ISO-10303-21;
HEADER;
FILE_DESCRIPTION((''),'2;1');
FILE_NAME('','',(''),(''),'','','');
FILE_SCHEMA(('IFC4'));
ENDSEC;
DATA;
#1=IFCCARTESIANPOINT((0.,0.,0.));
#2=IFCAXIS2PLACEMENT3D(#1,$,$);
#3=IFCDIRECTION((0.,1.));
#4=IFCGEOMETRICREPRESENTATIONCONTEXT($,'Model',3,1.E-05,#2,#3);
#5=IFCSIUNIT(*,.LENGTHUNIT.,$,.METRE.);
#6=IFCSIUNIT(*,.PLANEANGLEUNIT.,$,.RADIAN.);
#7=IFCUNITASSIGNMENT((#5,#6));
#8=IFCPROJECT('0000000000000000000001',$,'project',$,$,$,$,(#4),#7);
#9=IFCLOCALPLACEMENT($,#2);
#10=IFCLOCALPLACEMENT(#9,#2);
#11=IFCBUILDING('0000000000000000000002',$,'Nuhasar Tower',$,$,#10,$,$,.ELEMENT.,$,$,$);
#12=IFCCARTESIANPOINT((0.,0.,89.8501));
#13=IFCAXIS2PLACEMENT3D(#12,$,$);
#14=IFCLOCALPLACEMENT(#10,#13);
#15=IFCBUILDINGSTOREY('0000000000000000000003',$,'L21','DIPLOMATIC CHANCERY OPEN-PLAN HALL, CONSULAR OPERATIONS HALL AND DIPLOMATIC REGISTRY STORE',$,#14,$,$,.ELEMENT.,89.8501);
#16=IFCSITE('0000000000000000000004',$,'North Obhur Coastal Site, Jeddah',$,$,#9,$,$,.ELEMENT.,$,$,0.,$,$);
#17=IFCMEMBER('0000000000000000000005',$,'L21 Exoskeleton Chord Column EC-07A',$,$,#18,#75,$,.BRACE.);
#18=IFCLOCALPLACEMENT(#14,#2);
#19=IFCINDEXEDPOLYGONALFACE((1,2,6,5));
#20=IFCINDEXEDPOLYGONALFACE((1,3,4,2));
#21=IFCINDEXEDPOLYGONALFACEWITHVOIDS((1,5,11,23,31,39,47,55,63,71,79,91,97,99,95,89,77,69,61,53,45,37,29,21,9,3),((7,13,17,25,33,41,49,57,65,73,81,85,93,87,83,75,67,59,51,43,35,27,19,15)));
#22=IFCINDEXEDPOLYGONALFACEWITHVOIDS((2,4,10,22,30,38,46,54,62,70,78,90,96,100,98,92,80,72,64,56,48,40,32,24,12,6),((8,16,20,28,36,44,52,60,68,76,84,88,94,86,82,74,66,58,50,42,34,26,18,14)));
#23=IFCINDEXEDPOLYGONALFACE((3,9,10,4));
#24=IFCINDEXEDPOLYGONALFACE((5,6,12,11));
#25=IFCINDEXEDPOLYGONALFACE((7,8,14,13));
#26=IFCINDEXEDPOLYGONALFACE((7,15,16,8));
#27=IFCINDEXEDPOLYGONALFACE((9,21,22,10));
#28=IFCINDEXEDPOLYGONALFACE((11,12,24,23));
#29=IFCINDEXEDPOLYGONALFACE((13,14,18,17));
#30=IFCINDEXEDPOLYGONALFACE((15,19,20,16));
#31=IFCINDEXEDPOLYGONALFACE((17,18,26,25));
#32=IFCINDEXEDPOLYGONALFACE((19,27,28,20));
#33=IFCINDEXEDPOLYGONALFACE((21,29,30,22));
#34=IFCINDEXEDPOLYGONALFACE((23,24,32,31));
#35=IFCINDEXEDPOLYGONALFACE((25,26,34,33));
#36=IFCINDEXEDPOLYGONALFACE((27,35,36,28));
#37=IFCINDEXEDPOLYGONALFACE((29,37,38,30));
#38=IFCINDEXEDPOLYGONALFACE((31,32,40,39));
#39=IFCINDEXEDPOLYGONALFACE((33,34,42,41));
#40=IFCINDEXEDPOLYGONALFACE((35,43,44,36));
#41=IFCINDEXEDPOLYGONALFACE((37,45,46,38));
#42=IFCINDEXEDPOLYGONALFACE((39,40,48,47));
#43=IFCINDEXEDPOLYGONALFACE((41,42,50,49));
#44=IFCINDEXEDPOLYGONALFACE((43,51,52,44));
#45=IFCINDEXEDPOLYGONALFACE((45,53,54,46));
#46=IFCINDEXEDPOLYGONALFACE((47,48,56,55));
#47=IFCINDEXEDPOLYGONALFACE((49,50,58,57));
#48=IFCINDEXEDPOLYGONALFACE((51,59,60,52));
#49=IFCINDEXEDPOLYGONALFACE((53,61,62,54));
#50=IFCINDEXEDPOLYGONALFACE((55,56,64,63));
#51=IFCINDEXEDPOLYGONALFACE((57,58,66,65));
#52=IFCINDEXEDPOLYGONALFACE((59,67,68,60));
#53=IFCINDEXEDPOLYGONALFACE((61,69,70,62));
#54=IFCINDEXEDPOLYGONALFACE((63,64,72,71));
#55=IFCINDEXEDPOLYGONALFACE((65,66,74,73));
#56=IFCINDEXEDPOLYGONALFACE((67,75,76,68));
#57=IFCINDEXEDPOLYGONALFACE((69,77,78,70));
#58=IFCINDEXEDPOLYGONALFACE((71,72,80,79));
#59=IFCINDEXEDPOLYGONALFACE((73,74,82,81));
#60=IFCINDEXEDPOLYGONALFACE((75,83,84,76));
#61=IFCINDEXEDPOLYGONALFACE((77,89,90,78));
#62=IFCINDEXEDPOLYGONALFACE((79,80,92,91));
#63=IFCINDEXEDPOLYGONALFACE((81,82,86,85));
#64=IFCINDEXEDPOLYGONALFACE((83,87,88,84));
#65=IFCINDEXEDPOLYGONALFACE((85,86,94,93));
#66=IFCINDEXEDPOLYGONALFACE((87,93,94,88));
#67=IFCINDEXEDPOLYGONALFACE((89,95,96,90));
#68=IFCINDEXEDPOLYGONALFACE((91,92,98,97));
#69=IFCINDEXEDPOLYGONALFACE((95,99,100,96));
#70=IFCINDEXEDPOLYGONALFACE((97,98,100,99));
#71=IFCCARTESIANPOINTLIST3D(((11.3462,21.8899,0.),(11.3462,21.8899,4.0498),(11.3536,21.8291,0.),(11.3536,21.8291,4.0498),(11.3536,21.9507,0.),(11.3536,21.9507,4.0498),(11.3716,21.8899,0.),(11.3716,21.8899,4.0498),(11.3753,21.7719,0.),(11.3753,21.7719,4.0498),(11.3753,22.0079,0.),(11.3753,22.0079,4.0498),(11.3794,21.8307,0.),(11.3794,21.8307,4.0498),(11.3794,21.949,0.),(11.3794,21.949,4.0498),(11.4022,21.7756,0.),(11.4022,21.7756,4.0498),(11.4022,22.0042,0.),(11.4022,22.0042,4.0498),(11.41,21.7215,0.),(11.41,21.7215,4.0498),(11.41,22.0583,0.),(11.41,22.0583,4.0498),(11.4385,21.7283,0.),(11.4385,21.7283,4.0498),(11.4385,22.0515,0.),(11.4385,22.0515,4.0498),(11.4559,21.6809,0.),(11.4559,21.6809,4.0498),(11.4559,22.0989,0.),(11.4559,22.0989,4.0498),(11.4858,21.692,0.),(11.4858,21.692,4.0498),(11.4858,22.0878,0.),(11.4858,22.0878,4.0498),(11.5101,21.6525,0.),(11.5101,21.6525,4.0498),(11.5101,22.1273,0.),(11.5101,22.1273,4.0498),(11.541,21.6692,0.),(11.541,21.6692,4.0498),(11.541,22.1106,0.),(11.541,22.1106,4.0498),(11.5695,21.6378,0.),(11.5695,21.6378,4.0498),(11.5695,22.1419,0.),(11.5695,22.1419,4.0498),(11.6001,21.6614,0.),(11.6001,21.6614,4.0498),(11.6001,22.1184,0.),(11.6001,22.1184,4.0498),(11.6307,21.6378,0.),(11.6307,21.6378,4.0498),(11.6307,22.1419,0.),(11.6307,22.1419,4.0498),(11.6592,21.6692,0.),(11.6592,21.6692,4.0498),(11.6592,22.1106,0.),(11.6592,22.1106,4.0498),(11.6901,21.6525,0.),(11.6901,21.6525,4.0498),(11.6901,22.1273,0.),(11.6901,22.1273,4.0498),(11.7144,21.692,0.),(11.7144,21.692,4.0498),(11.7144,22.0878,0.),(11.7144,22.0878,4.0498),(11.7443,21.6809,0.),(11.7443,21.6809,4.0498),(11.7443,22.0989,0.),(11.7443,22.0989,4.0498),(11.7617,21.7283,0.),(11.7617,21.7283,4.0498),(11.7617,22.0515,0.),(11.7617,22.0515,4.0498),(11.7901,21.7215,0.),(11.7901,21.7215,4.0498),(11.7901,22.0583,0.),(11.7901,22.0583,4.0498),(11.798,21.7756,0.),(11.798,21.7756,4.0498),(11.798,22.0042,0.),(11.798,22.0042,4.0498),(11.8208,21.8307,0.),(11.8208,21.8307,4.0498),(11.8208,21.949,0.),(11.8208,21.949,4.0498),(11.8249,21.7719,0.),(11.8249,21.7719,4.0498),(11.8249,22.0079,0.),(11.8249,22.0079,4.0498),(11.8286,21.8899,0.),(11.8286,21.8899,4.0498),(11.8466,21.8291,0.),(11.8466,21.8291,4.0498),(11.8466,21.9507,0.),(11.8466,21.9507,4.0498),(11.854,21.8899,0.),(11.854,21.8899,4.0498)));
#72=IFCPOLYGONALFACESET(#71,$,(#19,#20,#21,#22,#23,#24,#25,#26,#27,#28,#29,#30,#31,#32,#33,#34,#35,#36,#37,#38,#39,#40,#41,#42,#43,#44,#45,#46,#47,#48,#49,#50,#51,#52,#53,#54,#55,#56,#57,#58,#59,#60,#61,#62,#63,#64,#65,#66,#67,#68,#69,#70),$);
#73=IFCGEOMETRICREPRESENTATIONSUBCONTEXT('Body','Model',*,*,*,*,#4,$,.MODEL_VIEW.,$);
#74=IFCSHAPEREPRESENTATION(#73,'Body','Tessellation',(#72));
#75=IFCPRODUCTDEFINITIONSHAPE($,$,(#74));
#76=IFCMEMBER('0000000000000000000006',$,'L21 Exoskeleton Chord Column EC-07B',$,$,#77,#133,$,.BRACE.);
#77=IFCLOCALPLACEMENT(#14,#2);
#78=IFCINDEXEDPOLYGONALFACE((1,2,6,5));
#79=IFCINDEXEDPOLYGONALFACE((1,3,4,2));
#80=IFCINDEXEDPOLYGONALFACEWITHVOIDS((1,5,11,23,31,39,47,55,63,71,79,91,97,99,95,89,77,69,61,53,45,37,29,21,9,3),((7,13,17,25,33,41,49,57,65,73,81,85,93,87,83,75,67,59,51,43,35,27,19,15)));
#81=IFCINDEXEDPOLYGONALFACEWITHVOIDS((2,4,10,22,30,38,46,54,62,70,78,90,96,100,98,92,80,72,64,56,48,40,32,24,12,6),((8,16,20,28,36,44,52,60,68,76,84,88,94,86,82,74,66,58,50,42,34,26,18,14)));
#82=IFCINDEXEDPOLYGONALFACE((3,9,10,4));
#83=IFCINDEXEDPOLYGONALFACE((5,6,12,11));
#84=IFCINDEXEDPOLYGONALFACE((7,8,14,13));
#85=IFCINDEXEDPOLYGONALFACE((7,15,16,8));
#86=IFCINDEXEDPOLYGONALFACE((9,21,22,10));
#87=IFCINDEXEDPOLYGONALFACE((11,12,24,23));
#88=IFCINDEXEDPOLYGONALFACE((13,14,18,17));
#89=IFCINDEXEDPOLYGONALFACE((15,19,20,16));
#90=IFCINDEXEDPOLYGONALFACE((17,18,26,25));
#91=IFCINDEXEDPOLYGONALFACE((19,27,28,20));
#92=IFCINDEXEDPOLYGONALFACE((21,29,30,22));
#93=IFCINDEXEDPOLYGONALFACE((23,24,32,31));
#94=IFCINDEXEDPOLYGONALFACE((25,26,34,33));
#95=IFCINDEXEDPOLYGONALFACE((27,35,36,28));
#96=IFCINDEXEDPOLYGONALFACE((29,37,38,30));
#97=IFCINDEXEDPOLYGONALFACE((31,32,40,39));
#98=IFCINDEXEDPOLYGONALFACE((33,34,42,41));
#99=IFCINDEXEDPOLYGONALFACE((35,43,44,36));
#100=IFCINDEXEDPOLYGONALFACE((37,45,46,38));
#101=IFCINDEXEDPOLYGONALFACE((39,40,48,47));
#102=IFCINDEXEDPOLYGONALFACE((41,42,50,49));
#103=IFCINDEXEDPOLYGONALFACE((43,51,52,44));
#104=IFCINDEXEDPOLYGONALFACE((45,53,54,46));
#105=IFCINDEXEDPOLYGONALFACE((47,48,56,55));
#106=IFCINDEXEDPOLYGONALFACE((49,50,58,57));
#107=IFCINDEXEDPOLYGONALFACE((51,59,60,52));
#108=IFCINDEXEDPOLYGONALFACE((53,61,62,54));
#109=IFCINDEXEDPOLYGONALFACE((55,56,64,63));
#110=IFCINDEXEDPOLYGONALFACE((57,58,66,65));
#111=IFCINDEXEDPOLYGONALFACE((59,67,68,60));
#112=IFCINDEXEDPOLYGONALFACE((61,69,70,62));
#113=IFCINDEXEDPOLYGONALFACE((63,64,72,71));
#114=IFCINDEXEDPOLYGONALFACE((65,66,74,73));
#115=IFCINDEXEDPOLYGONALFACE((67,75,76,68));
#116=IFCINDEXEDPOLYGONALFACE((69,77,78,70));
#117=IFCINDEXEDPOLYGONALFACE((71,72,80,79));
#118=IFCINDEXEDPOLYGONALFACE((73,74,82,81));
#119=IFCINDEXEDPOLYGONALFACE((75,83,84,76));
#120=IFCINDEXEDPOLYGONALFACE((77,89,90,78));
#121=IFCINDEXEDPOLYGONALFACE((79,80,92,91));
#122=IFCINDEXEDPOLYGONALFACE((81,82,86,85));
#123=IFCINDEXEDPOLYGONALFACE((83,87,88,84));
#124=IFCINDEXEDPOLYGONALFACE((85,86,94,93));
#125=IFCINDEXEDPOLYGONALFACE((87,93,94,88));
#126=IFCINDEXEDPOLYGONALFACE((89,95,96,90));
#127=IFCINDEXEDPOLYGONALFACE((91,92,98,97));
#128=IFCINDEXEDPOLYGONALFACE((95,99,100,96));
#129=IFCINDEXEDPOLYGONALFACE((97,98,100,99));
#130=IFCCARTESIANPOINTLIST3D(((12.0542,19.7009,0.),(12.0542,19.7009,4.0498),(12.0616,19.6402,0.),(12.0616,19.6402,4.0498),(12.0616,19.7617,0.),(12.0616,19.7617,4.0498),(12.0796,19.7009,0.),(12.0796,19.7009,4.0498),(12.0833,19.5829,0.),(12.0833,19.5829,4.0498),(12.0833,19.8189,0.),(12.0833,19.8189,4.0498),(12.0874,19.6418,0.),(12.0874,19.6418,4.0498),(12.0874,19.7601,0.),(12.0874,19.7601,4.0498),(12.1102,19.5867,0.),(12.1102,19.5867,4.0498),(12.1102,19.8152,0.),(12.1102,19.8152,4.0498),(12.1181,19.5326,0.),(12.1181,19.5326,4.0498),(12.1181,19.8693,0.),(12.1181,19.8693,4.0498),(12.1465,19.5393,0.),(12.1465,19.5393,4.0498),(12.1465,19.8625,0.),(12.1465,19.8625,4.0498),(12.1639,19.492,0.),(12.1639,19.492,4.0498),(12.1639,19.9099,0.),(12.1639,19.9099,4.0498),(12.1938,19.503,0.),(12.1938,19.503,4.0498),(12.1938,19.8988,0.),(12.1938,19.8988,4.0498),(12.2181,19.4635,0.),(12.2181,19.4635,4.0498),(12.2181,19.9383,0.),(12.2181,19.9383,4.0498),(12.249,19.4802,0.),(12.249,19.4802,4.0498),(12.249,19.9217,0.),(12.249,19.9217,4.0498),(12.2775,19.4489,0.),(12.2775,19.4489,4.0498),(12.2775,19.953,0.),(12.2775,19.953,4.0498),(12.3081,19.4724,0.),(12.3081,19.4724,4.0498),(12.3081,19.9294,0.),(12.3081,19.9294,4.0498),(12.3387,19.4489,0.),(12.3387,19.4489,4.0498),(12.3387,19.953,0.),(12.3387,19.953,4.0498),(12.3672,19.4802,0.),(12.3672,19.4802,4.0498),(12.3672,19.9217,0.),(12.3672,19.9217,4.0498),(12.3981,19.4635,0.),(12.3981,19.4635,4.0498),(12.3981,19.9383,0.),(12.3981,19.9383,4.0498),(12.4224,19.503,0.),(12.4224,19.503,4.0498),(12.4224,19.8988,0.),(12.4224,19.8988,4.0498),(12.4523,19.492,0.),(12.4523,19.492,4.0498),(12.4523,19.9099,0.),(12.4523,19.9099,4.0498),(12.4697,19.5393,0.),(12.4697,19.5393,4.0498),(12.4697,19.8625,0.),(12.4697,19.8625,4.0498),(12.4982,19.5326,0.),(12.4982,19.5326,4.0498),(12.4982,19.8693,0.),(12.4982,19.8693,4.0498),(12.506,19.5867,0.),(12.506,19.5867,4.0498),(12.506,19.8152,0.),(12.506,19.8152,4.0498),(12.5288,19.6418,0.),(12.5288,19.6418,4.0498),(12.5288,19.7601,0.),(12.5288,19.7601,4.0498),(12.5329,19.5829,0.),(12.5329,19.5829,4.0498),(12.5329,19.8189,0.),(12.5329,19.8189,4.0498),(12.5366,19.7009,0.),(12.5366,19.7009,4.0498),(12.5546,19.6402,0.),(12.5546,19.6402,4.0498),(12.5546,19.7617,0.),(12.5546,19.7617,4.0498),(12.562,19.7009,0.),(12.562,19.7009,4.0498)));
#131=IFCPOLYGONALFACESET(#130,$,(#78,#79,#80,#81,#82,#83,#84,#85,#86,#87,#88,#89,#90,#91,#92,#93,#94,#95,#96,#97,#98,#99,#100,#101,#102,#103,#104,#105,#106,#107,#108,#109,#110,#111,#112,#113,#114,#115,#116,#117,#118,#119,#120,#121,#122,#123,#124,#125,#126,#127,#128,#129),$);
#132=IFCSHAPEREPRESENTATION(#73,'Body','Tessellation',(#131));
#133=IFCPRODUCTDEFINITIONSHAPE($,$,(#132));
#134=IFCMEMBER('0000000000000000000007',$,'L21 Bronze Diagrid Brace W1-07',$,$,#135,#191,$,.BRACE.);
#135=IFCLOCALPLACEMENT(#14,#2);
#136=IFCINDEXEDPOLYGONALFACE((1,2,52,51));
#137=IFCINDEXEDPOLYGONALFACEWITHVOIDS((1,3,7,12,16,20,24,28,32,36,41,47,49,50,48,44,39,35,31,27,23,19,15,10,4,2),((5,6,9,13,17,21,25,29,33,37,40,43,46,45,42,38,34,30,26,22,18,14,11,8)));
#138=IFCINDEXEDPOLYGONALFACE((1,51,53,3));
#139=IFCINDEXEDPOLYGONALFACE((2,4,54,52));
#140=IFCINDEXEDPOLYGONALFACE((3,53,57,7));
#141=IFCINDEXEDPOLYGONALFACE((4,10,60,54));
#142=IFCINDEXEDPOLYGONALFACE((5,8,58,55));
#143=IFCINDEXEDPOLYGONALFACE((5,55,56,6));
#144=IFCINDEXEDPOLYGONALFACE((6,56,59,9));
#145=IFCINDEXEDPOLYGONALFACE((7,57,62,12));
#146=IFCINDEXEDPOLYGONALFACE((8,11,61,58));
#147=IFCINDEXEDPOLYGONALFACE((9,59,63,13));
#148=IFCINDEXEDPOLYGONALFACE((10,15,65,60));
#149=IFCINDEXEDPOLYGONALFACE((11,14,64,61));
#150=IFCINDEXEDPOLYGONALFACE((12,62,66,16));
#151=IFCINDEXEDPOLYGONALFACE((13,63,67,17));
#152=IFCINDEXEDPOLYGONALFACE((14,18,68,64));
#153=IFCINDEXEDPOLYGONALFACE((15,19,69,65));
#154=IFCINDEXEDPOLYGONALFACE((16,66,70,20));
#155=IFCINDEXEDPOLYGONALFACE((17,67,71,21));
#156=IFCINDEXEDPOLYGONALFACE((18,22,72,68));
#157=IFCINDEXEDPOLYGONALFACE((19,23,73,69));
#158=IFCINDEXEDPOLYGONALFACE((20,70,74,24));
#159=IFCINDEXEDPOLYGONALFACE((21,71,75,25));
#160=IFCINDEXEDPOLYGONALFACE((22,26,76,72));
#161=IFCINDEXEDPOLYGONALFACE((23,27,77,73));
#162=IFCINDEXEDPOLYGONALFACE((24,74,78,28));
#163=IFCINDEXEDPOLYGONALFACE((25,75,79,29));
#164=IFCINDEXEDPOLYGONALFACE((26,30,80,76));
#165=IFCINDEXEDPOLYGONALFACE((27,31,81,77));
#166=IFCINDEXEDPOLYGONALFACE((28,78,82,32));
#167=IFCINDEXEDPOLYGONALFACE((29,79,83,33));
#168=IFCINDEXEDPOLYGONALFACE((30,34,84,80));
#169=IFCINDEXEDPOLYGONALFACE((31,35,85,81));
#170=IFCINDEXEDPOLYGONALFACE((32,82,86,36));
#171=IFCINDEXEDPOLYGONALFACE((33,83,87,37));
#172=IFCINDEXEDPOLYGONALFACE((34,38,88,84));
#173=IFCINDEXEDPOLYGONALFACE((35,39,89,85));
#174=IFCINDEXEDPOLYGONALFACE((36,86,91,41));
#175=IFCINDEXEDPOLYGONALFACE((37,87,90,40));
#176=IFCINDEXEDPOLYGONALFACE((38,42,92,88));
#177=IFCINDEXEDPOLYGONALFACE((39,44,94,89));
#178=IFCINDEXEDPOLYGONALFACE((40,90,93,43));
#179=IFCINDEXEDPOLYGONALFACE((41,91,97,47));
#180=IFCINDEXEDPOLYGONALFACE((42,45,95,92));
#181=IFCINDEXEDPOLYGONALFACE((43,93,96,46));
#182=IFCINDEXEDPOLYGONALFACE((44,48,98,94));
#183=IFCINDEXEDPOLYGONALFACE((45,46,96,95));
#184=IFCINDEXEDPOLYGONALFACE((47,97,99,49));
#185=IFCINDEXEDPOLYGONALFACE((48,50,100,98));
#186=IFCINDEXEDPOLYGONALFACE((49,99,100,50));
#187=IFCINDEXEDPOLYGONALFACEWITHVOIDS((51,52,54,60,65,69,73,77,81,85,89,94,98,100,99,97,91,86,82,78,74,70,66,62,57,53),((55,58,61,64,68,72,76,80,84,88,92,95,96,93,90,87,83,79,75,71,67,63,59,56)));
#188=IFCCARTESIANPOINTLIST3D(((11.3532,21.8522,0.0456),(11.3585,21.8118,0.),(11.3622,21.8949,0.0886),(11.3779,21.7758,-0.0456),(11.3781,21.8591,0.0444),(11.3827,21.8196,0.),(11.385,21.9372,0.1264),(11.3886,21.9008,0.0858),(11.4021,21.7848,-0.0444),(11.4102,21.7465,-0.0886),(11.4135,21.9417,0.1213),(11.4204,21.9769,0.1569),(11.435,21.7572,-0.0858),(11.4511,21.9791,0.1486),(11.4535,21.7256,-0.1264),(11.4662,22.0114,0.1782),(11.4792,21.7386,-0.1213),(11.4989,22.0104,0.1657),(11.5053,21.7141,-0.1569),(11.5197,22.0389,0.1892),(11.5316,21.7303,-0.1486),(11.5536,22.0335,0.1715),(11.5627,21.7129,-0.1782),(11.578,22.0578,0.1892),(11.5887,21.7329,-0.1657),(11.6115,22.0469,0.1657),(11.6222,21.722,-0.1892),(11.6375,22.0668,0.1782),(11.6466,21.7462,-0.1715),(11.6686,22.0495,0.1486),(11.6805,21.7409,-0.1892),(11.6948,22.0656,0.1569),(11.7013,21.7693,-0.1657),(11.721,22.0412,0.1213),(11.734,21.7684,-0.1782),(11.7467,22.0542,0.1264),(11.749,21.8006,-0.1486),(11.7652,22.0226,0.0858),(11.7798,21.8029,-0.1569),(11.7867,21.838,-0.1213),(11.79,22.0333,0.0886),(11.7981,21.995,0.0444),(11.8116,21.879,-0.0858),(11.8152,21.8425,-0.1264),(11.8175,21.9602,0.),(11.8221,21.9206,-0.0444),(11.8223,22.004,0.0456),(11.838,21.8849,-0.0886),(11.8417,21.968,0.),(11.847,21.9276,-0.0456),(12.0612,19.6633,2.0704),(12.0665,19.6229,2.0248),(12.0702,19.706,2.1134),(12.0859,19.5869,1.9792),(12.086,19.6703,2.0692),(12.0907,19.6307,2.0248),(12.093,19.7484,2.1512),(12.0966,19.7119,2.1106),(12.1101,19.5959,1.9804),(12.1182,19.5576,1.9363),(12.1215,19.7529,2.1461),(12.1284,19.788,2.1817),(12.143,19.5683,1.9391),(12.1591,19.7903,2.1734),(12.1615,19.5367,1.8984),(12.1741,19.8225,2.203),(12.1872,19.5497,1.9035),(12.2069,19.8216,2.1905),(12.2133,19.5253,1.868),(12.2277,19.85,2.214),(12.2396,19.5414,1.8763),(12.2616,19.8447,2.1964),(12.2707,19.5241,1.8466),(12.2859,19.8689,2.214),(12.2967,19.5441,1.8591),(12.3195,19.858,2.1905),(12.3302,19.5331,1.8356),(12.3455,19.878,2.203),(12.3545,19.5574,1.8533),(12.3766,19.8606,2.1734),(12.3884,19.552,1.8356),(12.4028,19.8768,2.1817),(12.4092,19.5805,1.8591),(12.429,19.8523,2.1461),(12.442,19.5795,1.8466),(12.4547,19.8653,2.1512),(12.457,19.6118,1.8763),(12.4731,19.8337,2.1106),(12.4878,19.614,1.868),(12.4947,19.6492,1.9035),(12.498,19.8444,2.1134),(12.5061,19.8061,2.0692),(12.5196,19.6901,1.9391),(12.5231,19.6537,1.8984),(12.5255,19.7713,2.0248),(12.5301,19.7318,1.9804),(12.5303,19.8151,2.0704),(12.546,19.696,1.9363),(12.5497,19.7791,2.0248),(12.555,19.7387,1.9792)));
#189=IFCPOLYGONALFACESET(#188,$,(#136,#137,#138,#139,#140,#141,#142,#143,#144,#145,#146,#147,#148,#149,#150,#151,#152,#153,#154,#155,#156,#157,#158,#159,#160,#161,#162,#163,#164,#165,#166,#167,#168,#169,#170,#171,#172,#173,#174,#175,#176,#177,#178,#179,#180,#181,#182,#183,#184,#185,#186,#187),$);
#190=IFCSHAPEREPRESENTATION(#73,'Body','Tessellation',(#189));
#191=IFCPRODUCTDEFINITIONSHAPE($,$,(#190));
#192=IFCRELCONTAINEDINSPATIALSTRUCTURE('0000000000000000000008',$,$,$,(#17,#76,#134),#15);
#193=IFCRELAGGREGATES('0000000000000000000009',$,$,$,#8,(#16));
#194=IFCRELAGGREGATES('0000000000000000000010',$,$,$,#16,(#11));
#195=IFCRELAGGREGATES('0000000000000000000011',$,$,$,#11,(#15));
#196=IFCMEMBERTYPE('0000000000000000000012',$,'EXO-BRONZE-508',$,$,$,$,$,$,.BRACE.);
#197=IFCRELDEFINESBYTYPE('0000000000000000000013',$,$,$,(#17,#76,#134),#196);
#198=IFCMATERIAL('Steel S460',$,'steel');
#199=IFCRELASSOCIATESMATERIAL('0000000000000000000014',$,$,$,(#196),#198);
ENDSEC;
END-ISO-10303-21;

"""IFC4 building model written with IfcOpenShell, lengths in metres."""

from ifc_helpers import new_model, si_unit, direction, frame, origin, origin_2d, place, context, subcontext, project, spatial, hollow_circle, extrude, material, material_profile, profile_set, type_object, element, save


model = new_model("IFC4")

# Units and contexts
model_context = context("Model", 3, precision=1e-05, world=origin(), true_north=direction((0.0, 1.0)))
body_context = subcontext(model_context, "Body", "Model", "MODEL_VIEW")
ifc_project = project(units=[si_unit("LENGTHUNIT", "METRE"), si_unit("PLANEANGLEUNIT", "RADIAN")], contexts=[model_context])

# Site, building, storey
site_placement = place(None, origin())
site = spatial("IfcSite", under=ifc_project, at=site_placement, Name="North Obhur Coastal Site, Jeddah", CompositionType="ELEMENT", RefElevation=0.0)
building_placement = place(site_placement, origin())
building = spatial("IfcBuilding", under=site, at=building_placement, Name="Nuhasar Tower", CompositionType="ELEMENT")
storey_placement = place(building_placement, frame((0.0, 0.0, 89.8501)))
storey = spatial("IfcBuildingStorey", under=building, at=storey_placement, Name="L21", Description="DIPLOMATIC CHANCERY OPEN-PLAN HALL, CONSULAR OPERATIONS HALL AND DIPLOMATIC REGISTRY STORE", CompositionType="ELEMENT", Elevation=89.8501)

# Members
ifc_material_1 = material(Name="Steel S460", Category="steel")
ifc_material_profile_1 = material_profile(ifc_material_1, hollow_circle(Radius=0.2539, WallThickness=0.0254, at=origin_2d()), Name="HSS508X25.4")
ifc_profile_set_1 = profile_set([ifc_material_profile_1], Name="Steel S460")
member_type_1 = type_object("IfcMemberType", Name="EXO-BRONZE-508", PredefinedType="BRACE", material=ifc_profile_set_1)
for number, where, z_axis, x_axis, name in (
    (1, (11.6001, 21.8899, 0.0), (0.0, 0.0, 1.0), (1.0, 0.0, 0.0), "L21 Exoskeleton Chord Column EC-07A"),
    (2, (12.3081, 19.7009, 0.0), (0.0, 0.0, 1.0), (1.0, 0.0, 0.0), "L21 Exoskeleton Chord Column EC-07B"),
):
    element("IfcMember", number, at=place(storey_placement, frame(where, z_axis=z_axis, x_axis=x_axis)), inside=storey, type_object=member_type_1, Name=name, PredefinedType="BRACE", context=body_context, shape_type="SweptSolid", body=[
        extrude(hollow_circle(Radius=0.2539, WallThickness=0.0254, at=origin_2d()), origin(), (0.0, 0.0, 1.0), 4.0498),
    ])
for number, where, z_axis, x_axis, name in (
    (3, (11.6001, 21.8899, 0.0), (0.231012, -0.714225, 0.660694), (0.951468, 0.307747, 0.0), "L21 Bronze Diagrid Brace W1-07"),
):
    element("IfcMember", number, at=place(storey_placement, frame(where, z_axis=z_axis, x_axis=x_axis)), inside=storey, type_object=member_type_1, Name=name, PredefinedType="BRACE", context=body_context, shape_type="SweptSolid", body=[
        extrude(hollow_circle(Radius=0.2539, WallThickness=0.0254, at=origin_2d()), origin(), (0.0, 0.0, 1.0), 3.0647),
    ])

save(model, "model.ifc")
